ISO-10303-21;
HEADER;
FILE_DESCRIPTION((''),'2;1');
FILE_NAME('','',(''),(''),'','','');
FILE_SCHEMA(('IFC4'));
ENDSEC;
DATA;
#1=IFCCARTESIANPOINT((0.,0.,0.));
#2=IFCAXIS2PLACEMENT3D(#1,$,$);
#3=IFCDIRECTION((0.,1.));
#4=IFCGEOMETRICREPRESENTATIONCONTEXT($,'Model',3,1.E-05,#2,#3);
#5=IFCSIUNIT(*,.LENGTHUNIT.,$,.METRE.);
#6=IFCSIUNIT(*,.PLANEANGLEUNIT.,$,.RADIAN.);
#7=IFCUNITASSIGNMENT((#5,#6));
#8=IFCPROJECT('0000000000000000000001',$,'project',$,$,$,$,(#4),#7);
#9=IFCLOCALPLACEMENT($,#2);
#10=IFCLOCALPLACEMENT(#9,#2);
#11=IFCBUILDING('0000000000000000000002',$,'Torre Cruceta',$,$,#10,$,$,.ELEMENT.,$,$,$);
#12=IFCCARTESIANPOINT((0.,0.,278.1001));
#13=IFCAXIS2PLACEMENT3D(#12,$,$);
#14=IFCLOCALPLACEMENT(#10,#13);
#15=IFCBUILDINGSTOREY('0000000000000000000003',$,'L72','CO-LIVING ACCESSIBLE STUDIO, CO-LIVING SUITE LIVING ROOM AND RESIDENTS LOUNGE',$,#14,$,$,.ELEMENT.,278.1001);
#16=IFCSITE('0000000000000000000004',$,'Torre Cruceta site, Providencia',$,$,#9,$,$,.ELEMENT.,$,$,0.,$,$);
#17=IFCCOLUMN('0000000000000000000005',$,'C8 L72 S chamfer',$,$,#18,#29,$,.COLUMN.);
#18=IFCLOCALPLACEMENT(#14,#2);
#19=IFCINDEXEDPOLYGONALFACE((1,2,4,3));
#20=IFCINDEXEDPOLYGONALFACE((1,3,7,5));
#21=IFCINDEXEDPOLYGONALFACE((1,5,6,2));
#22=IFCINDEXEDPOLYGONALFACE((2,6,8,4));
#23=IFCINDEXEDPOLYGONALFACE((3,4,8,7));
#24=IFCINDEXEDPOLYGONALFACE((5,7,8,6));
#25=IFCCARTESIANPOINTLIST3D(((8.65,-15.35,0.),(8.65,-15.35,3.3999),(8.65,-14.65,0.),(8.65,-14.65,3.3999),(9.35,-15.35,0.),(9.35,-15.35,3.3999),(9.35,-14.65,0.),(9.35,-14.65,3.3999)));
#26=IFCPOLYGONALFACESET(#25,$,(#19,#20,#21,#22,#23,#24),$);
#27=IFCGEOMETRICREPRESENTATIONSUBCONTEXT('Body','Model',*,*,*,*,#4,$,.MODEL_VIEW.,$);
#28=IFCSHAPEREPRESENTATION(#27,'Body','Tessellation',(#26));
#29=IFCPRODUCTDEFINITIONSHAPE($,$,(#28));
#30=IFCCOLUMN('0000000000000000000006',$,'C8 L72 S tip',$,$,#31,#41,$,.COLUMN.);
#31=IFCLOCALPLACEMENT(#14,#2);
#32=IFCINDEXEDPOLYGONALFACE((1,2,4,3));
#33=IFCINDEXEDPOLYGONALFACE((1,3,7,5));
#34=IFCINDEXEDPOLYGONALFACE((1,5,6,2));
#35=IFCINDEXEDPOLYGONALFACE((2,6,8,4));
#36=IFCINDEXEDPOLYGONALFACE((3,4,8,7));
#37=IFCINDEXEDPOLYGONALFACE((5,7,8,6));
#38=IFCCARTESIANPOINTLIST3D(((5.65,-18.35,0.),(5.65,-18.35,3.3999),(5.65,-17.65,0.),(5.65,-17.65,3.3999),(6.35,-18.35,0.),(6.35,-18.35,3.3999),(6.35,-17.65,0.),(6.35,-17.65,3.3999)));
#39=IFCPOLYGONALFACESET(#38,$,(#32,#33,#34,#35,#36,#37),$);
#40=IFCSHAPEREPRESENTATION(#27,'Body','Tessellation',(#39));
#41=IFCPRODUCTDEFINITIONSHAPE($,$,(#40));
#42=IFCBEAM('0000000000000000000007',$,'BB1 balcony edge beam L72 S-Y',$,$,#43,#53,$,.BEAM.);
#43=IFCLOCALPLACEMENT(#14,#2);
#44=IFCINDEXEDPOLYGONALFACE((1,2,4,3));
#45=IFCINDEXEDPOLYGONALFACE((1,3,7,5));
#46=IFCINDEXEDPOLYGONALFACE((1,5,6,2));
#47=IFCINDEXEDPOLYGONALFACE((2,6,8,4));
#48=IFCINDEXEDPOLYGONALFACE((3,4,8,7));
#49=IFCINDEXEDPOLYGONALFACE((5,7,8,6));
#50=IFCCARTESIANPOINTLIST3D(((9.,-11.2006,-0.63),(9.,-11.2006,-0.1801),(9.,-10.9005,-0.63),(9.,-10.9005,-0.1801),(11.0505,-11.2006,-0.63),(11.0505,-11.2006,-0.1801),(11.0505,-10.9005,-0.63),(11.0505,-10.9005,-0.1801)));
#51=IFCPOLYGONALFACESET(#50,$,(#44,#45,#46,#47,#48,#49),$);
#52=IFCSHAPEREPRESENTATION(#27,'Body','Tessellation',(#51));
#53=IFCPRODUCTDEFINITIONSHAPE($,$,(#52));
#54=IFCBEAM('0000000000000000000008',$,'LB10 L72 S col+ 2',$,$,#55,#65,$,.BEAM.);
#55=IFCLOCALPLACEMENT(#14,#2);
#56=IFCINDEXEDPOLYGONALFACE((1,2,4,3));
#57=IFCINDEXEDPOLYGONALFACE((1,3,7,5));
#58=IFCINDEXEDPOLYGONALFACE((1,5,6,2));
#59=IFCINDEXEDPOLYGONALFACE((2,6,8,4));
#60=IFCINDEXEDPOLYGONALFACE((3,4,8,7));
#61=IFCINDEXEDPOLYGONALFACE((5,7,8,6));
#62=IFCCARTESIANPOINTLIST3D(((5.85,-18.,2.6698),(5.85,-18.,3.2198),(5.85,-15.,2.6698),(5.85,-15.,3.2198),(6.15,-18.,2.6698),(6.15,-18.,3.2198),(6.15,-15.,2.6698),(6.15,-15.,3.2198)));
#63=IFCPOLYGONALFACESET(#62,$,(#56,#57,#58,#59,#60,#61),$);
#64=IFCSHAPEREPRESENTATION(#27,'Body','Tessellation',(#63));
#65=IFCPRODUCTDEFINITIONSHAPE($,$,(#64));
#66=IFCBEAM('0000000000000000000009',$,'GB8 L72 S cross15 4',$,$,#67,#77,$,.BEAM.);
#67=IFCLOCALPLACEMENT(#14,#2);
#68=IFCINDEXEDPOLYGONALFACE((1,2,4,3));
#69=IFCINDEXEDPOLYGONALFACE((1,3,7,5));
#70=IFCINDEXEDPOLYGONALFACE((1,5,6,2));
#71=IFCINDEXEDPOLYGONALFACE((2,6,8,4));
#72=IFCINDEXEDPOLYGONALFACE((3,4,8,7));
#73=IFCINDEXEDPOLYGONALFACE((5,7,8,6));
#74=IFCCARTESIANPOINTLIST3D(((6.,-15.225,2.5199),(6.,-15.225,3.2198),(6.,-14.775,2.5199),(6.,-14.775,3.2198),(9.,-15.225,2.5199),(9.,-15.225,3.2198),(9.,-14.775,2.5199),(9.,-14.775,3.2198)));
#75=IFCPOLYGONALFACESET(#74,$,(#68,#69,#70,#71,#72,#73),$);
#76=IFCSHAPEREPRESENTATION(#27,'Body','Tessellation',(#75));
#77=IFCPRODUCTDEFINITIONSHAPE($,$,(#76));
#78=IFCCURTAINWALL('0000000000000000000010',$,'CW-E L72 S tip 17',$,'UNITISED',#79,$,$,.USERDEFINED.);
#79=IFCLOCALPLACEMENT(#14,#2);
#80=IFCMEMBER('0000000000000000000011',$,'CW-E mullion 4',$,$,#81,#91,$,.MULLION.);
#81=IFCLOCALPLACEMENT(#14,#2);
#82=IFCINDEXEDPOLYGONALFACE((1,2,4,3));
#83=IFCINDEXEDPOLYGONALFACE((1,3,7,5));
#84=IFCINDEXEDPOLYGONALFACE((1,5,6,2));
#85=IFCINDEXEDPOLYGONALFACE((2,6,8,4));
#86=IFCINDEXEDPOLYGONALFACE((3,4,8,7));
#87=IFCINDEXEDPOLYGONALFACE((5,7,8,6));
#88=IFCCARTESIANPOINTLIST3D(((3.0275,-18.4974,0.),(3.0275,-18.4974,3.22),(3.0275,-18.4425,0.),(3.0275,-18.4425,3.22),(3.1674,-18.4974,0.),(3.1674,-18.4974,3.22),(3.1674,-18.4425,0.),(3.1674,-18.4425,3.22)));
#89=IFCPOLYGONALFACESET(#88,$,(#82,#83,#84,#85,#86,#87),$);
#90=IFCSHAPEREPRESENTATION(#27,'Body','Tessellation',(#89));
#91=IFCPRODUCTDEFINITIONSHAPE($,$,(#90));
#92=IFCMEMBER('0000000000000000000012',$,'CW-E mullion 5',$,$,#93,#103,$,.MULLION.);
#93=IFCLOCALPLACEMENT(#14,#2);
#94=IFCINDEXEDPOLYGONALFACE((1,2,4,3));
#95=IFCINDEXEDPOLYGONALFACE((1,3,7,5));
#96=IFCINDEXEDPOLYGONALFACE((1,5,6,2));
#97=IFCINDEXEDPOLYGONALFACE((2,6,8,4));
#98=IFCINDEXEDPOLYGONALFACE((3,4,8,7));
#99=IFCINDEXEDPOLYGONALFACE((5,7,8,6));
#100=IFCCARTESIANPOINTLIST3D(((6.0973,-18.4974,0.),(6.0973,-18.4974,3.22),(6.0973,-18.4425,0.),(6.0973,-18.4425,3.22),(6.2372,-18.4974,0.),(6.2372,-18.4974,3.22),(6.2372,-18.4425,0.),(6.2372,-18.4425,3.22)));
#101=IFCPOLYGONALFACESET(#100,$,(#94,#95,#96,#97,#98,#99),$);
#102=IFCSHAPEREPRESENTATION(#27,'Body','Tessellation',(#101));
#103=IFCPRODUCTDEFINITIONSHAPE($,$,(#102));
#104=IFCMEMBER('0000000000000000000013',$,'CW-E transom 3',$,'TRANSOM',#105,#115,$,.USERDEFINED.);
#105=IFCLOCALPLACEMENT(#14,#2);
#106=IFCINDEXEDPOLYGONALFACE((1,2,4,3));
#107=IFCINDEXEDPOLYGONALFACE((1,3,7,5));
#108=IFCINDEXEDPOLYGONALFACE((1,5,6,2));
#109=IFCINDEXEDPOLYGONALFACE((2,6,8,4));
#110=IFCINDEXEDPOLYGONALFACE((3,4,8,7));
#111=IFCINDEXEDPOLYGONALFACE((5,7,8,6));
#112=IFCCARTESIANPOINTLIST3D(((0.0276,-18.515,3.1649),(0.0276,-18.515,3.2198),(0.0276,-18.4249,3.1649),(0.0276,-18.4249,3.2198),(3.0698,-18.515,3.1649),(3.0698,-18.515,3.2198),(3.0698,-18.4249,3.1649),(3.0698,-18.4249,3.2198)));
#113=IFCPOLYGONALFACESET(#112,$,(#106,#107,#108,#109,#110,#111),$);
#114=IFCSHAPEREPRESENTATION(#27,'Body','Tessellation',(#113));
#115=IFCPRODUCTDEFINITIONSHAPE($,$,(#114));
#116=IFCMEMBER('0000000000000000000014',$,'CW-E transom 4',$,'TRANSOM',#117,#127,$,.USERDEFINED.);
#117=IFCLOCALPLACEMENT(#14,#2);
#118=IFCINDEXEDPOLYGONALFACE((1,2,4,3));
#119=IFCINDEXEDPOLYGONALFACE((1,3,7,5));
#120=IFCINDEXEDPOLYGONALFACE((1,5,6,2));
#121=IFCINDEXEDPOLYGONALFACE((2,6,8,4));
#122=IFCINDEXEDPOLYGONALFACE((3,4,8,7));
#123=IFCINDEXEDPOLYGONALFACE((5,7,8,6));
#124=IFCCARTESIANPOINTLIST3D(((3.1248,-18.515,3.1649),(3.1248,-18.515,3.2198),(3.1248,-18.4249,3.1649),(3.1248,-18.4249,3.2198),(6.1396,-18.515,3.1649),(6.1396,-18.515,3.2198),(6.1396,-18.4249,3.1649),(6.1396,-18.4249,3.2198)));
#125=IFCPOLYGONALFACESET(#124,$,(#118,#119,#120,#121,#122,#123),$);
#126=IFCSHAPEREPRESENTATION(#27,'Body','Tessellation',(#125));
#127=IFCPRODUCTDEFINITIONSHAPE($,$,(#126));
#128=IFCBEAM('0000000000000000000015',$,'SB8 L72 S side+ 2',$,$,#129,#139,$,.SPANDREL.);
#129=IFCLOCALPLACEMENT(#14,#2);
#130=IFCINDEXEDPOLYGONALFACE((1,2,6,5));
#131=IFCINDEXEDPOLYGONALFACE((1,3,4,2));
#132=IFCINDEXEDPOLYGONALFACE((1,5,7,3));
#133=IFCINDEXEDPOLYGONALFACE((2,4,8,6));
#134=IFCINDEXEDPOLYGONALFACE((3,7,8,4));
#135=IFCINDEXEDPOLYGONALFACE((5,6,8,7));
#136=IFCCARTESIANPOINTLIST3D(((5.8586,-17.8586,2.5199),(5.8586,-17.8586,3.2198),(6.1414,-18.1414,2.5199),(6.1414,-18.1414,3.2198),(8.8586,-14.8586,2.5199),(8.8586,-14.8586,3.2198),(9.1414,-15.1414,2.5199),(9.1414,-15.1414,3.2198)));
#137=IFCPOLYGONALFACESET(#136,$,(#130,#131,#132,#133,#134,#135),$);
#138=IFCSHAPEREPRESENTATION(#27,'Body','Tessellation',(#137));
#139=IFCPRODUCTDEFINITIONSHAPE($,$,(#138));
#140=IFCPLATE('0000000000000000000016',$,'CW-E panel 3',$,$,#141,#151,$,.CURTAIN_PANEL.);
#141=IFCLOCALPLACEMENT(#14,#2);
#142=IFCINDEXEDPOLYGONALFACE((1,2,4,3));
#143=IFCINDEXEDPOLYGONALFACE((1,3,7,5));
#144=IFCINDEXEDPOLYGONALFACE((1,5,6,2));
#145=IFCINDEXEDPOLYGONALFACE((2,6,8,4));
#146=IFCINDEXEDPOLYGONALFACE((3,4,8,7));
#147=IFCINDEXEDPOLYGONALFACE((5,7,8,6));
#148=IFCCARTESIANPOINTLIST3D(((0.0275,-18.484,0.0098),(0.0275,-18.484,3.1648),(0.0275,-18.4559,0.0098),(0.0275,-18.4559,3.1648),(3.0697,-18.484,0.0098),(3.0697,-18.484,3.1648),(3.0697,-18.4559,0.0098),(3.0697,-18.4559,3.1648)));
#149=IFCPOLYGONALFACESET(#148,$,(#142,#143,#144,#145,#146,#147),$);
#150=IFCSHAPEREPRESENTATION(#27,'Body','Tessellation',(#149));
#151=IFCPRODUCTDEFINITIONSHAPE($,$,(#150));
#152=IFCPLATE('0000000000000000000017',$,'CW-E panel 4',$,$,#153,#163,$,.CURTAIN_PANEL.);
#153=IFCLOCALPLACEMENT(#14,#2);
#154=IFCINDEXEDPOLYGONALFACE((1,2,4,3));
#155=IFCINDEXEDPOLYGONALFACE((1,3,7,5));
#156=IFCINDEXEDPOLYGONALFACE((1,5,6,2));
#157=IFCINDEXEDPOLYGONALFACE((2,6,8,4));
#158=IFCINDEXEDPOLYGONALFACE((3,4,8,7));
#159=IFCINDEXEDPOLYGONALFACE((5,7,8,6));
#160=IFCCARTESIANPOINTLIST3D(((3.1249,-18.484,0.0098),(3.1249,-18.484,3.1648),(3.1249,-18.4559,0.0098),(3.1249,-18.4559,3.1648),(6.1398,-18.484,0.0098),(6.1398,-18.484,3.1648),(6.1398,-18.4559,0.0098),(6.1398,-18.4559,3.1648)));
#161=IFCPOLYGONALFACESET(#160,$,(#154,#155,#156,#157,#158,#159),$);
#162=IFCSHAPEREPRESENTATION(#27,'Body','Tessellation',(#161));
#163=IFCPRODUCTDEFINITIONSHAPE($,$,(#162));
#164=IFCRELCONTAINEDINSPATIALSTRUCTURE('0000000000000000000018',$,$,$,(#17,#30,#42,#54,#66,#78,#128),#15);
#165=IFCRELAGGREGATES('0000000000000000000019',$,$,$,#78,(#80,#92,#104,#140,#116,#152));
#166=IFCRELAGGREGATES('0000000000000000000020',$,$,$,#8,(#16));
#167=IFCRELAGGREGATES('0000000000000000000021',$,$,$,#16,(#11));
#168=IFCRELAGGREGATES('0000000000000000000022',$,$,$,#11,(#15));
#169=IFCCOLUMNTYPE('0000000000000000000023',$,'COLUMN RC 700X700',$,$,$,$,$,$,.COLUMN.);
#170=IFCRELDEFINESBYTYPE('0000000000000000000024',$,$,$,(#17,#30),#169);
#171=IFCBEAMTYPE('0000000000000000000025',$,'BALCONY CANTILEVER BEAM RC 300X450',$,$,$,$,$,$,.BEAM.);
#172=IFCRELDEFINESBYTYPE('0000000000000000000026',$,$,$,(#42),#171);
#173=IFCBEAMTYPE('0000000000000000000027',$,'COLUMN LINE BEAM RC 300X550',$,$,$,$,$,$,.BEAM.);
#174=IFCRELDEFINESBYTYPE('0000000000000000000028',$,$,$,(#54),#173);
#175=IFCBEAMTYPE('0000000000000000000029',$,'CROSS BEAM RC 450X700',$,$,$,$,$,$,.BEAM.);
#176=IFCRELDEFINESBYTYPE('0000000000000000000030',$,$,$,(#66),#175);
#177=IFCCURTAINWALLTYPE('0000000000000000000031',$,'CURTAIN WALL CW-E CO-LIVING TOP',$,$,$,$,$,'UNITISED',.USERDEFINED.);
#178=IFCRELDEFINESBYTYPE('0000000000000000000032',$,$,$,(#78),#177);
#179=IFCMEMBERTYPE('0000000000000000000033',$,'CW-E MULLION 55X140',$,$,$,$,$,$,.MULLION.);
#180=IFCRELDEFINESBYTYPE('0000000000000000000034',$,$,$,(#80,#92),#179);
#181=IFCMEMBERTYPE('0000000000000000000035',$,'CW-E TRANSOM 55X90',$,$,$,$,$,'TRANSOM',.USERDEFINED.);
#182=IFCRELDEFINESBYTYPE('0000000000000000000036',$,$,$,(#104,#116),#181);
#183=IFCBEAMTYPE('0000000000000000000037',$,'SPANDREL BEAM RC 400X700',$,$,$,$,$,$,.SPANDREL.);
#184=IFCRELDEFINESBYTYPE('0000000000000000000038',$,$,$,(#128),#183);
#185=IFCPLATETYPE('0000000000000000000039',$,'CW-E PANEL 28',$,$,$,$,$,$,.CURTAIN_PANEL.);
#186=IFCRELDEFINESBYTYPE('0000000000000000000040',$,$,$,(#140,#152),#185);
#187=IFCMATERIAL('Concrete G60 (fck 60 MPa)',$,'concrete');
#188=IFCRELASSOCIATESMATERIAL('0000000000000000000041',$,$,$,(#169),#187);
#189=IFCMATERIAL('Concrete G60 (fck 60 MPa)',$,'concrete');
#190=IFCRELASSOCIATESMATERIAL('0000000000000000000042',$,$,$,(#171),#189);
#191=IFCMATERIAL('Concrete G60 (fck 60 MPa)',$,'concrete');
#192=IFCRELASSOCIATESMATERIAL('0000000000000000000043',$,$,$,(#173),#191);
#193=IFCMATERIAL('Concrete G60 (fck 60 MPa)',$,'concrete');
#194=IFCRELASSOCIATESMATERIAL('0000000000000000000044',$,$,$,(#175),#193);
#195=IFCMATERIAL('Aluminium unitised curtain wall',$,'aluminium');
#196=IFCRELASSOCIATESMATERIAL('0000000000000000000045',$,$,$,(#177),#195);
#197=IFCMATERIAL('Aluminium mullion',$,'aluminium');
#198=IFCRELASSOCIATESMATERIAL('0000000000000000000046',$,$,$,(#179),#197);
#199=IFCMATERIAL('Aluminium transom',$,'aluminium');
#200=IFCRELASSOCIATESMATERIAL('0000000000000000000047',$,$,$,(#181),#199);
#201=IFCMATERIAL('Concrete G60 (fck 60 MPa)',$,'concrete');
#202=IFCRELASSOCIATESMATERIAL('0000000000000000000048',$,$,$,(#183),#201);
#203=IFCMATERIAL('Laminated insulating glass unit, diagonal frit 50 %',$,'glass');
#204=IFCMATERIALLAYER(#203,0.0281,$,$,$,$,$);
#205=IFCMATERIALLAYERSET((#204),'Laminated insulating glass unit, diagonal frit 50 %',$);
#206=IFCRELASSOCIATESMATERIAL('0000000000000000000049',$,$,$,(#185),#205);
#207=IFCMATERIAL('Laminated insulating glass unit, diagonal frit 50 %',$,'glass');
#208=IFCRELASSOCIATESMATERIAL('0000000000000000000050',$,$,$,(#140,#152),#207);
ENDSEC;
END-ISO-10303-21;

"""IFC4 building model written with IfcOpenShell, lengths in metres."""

from ifc_helpers import new_model, si_unit, direction, frame, origin, origin_2d, place, context, subcontext, project, spatial, rectangle, extrude, material, layer, layer_set, material_profile, profile_set, type_object, element, aggregate, save


model = new_model("IFC4")

# Units and contexts
model_context = context("Model", 3, precision=1e-05, world=origin(), true_north=direction((0.0, 1.0)))
body_context = subcontext(model_context, "Body", "Model", "MODEL_VIEW")
ifc_project = project(units=[si_unit("LENGTHUNIT", "METRE"), si_unit("PLANEANGLEUNIT", "RADIAN")], contexts=[model_context])

# Site, building, storey
site_placement = place(None, origin())
site = spatial("IfcSite", under=ifc_project, at=site_placement, Name="Torre Cruceta site, Providencia", CompositionType="ELEMENT", RefElevation=0.0)
building_placement = place(site_placement, origin())
building = spatial("IfcBuilding", under=site, at=building_placement, Name="Torre Cruceta", CompositionType="ELEMENT")
storey_placement = place(building_placement, frame((0.0, 0.0, 278.1001)))
storey = spatial("IfcBuildingStorey", under=building, at=storey_placement, Name="L72", Description="CO-LIVING ACCESSIBLE STUDIO, CO-LIVING SUITE LIVING ROOM AND RESIDENTS LOUNGE", CompositionType="ELEMENT", Elevation=278.1001)

# Columns
ifc_material_1 = material(Name="Concrete G60 (fck 60 MPa)", Category="concrete")
ifc_material_profile_1 = material_profile(ifc_material_1, rectangle(XDim=0.7, YDim=0.7, at=origin_2d()), Name="RC 700X700")
ifc_profile_set_1 = profile_set([ifc_material_profile_1], Name="Concrete G60 (fck 60 MPa)")
column_type = type_object("IfcColumnType", Name="COLUMN RC 700X700", PredefinedType="COLUMN", material=ifc_profile_set_1)
for number, where, z_axis, x_axis, name in (
    (1, (9.0, -15.0, 0.0), (0.0, 0.0, 1.0), (1.0, 0.0, 0.0), "C8 L72 S chamfer"),
    (2, (6.0, -18.0, 0.0), (0.0, 0.0, 1.0), (1.0, 0.0, 0.0), "C8 L72 S tip"),
):
    element("IfcColumn", number, at=place(storey_placement, frame(where, z_axis=z_axis, x_axis=x_axis)), inside=storey, type_object=column_type, Name=name, PredefinedType="COLUMN", context=body_context, shape_type="SweptSolid", body=[
        extrude(rectangle(XDim=0.7, YDim=0.7, at=origin_2d()), origin(), (0.0, 0.0, 1.0), 3.3999),
    ])

# Beams
ifc_material_2 = material(Name="Concrete G60 (fck 60 MPa)", Category="concrete")
ifc_material_profile_2 = material_profile(ifc_material_2, rectangle(XDim=0.3, YDim=0.45, at=origin_2d()), Name="RC 300X450")
ifc_profile_set_2 = profile_set([ifc_material_profile_2], Name="Concrete G60 (fck 60 MPa)")
beam_type_1 = type_object("IfcBeamType", Name="BALCONY CANTILEVER BEAM RC 300X450", PredefinedType="BEAM", material=ifc_profile_set_2)
beam_1_placement = place(storey_placement, frame((9.0, -11.0505, -0.405), z_axis=(1.0, 0.0, 0.0), x_axis=(0.0, 1.0, 0.0)))
element("IfcBeam", 3, at=beam_1_placement, inside=storey, type_object=beam_type_1, Name="BB1 balcony edge beam L72 S-Y", PredefinedType="BEAM", context=body_context, shape_type="SweptSolid", body=[
    extrude(rectangle(XDim=0.3, YDim=0.45, at=origin_2d()), origin(), (0.0, 0.0, 1.0), 2.0505),
])
ifc_material_3 = material(Name="Concrete G60 (fck 60 MPa)", Category="concrete")
ifc_material_profile_3 = material_profile(ifc_material_3, rectangle(XDim=0.3, YDim=0.55, at=origin_2d()), Name="RC 300X550")
ifc_profile_set_3 = profile_set([ifc_material_profile_3], Name="Concrete G60 (fck 60 MPa)")
beam_type_2 = type_object("IfcBeamType", Name="COLUMN LINE BEAM RC 300X550", PredefinedType="BEAM", material=ifc_profile_set_3)
beam_2_placement = place(storey_placement, frame((6.0, -15.0, 2.9448), z_axis=(0.0, -1.0, 0.0), x_axis=(1.0, 0.0, 0.0)))
element("IfcBeam", 4, at=beam_2_placement, inside=storey, type_object=beam_type_2, Name="LB10 L72 S col+ 2", PredefinedType="BEAM", context=body_context, shape_type="SweptSolid", body=[
    extrude(rectangle(XDim=0.3, YDim=0.55, at=origin_2d()), origin(), (0.0, 0.0, 1.0), 3.0),
])
ifc_material_4 = material(Name="Concrete G60 (fck 60 MPa)", Category="concrete")
ifc_material_profile_4 = material_profile(ifc_material_4, rectangle(XDim=0.45, YDim=0.7, at=origin_2d()), Name="RC 450X700")
ifc_profile_set_4 = profile_set([ifc_material_profile_4], Name="Concrete G60 (fck 60 MPa)")
beam_type_3 = type_object("IfcBeamType", Name="CROSS BEAM RC 450X700", PredefinedType="BEAM", material=ifc_profile_set_4)
beam_3_placement = place(storey_placement, frame((6.0, -15.0, 2.8699), z_axis=(1.0, 0.0, 0.0), x_axis=(0.0, 1.0, 0.0)))
element("IfcBeam", 5, at=beam_3_placement, inside=storey, type_object=beam_type_3, Name="GB8 L72 S cross15 4", PredefinedType="BEAM", context=body_context, shape_type="SweptSolid", body=[
    extrude(rectangle(XDim=0.45, YDim=0.7, at=origin_2d()), origin(), (0.0, 0.0, 1.0), 3.0),
])

# Curtain wall, members
ifc_material_5 = material(Name="Aluminium unitised curtain wall", Category="aluminium")
curtain_wall_type = type_object("IfcCurtainWallType", Name="CURTAIN WALL CW-E CO-LIVING TOP", ElementType="UNITISED", PredefinedType="USERDEFINED", material=ifc_material_5)
curtain_wall_placement = place(storey_placement, origin())
curtain_wall = element("IfcCurtainWall", 6, at=curtain_wall_placement, inside=storey, type_object=curtain_wall_type, Name="CW-E L72 S tip 17", ObjectType="UNITISED", PredefinedType="USERDEFINED")
ifc_material_6 = material(Name="Aluminium mullion", Category="aluminium")
ifc_material_profile_5 = material_profile(ifc_material_6, rectangle(XDim=0.0549, YDim=0.1399, at=origin_2d()), Name="AL 55X140")
ifc_profile_set_5 = profile_set([ifc_material_profile_5], Name="Aluminium mullion")
member_type_1 = type_object("IfcMemberType", Name="CW-E MULLION 55X140", PredefinedType="MULLION", material=ifc_profile_set_5)
member_1_placement = place(storey_placement, frame((3.0974, -18.47, 0.0), z_axis=(0.0, 0.0, 1.0), x_axis=(0.0, 1.0, 0.0)))
member_1 = element("IfcMember", 7, at=member_1_placement, type_object=member_type_1, Name="CW-E mullion 4", PredefinedType="MULLION", context=body_context, shape_type="SweptSolid", body=[
    extrude(rectangle(XDim=0.0549, YDim=0.1399, at=origin_2d()), origin(), (0.0, 0.0, 1.0), 3.22),
])
member_2_placement = place(storey_placement, frame((6.1672, -18.47, 0.0), z_axis=(0.0, 0.0, 1.0), x_axis=(0.0, 1.0, 0.0)))
member_2 = element("IfcMember", 8, at=member_2_placement, type_object=member_type_1, Name="CW-E mullion 5", PredefinedType="MULLION", context=body_context, shape_type="SweptSolid", body=[
    extrude(rectangle(XDim=0.0549, YDim=0.1399, at=origin_2d()), origin(), (0.0, 0.0, 1.0), 3.22),
])
ifc_material_7 = material(Name="Aluminium transom", Category="aluminium")
ifc_material_profile_6 = material_profile(ifc_material_7, rectangle(XDim=0.0901, YDim=0.0549, at=origin_2d()), Name="AL 90X55")
ifc_profile_set_6 = profile_set([ifc_material_profile_6], Name="Aluminium transom")
member_type_2 = type_object("IfcMemberType", Name="CW-E TRANSOM 55X90", ElementType="TRANSOM", PredefinedType="USERDEFINED", material=ifc_profile_set_6)
member_3_placement = place(storey_placement, frame((0.0276, -18.47, 3.1924), z_axis=(1.0, 0.0, 0.0), x_axis=(0.0, 1.0, 0.0)))
member_3 = element("IfcMember", 9, at=member_3_placement, type_object=member_type_2, Name="CW-E transom 3", ObjectType="TRANSOM", PredefinedType="USERDEFINED", context=body_context, shape_type="SweptSolid", body=[
    extrude(rectangle(XDim=0.0901, YDim=0.0549, at=origin_2d()), origin(), (0.0, 0.0, 1.0), 3.0422),
])
member_4_placement = place(storey_placement, frame((3.1248, -18.47, 3.1924), z_axis=(1.0, 0.0, 0.0), x_axis=(0.0, 1.0, 0.0)))
member_4 = element("IfcMember", 10, at=member_4_placement, type_object=member_type_2, Name="CW-E transom 4", ObjectType="TRANSOM", PredefinedType="USERDEFINED", context=body_context, shape_type="SweptSolid", body=[
    extrude(rectangle(XDim=0.0901, YDim=0.0549, at=origin_2d()), origin(), (0.0, 0.0, 1.0), 3.0149),
])

# Beam
ifc_material_8 = material(Name="Concrete G60 (fck 60 MPa)", Category="concrete")
ifc_material_profile_7 = material_profile(ifc_material_8, rectangle(XDim=0.3999, YDim=0.7, at=origin_2d()), Name="RC 400X700")
ifc_profile_set_7 = profile_set([ifc_material_profile_7], Name="Concrete G60 (fck 60 MPa)")
beam_type_4 = type_object("IfcBeamType", Name="SPANDREL BEAM RC 400X700", PredefinedType="SPANDREL", material=ifc_profile_set_7)
beam_4_placement = place(storey_placement, frame((9.0, -15.0, 2.8699), z_axis=(-0.707107, -0.707107, 0.0), x_axis=(0.707107, -0.707107, 0.0)))
element("IfcBeam", 11, at=beam_4_placement, inside=storey, type_object=beam_type_4, Name="SB8 L72 S side+ 2", PredefinedType="SPANDREL", context=body_context, shape_type="SweptSolid", body=[
    extrude(rectangle(XDim=0.3999, YDim=0.7, at=origin_2d()), origin(), (0.0, 0.0, 1.0), 4.2427),
])

# Plates
ifc_material_9 = material(Name="Laminated insulating glass unit, diagonal frit 50 %", Category="glass")
ifc_material_10 = material(Name="Laminated insulating glass unit, diagonal frit 50 %", Category="glass")
ifc_layer_1 = layer(ifc_material_10, 0.0281)
ifc_layer_set_1 = layer_set([ifc_layer_1], Name="Laminated insulating glass unit, diagonal frit 50 %")
plate_type = type_object("IfcPlateType", Name="CW-E PANEL 28", PredefinedType="CURTAIN_PANEL", material=ifc_layer_set_1)
plate_1_placement = place(storey_placement, frame((1.5486, -18.47, 0.0098), z_axis=(0.0, 0.0, 1.0), x_axis=(1.0, 0.0, 0.0)))
plate_1 = element("IfcPlate", 12, at=plate_1_placement, type_object=plate_type, material=ifc_material_9, Name="CW-E panel 3", PredefinedType="CURTAIN_PANEL", context=body_context, shape_type="SweptSolid", body=[
    extrude(rectangle(XDim=3.0422, YDim=0.0281, at=origin_2d()), origin(), (0.0, 0.0, 1.0), 3.155),
])
plate_2_placement = place(storey_placement, frame((4.6323, -18.47, 0.0098), z_axis=(0.0, 0.0, 1.0), x_axis=(1.0, 0.0, 0.0)))
plate_2 = element("IfcPlate", 13, at=plate_2_placement, type_object=plate_type, material=ifc_material_9, Name="CW-E panel 4", PredefinedType="CURTAIN_PANEL", context=body_context, shape_type="SweptSolid", body=[
    extrude(rectangle(XDim=3.0149, YDim=0.0281, at=origin_2d()), origin(), (0.0, 0.0, 1.0), 3.155),
])
aggregate(curtain_wall, [member_1, member_2, member_3, plate_1, member_4, plate_2])

save(model, "model.ifc")
